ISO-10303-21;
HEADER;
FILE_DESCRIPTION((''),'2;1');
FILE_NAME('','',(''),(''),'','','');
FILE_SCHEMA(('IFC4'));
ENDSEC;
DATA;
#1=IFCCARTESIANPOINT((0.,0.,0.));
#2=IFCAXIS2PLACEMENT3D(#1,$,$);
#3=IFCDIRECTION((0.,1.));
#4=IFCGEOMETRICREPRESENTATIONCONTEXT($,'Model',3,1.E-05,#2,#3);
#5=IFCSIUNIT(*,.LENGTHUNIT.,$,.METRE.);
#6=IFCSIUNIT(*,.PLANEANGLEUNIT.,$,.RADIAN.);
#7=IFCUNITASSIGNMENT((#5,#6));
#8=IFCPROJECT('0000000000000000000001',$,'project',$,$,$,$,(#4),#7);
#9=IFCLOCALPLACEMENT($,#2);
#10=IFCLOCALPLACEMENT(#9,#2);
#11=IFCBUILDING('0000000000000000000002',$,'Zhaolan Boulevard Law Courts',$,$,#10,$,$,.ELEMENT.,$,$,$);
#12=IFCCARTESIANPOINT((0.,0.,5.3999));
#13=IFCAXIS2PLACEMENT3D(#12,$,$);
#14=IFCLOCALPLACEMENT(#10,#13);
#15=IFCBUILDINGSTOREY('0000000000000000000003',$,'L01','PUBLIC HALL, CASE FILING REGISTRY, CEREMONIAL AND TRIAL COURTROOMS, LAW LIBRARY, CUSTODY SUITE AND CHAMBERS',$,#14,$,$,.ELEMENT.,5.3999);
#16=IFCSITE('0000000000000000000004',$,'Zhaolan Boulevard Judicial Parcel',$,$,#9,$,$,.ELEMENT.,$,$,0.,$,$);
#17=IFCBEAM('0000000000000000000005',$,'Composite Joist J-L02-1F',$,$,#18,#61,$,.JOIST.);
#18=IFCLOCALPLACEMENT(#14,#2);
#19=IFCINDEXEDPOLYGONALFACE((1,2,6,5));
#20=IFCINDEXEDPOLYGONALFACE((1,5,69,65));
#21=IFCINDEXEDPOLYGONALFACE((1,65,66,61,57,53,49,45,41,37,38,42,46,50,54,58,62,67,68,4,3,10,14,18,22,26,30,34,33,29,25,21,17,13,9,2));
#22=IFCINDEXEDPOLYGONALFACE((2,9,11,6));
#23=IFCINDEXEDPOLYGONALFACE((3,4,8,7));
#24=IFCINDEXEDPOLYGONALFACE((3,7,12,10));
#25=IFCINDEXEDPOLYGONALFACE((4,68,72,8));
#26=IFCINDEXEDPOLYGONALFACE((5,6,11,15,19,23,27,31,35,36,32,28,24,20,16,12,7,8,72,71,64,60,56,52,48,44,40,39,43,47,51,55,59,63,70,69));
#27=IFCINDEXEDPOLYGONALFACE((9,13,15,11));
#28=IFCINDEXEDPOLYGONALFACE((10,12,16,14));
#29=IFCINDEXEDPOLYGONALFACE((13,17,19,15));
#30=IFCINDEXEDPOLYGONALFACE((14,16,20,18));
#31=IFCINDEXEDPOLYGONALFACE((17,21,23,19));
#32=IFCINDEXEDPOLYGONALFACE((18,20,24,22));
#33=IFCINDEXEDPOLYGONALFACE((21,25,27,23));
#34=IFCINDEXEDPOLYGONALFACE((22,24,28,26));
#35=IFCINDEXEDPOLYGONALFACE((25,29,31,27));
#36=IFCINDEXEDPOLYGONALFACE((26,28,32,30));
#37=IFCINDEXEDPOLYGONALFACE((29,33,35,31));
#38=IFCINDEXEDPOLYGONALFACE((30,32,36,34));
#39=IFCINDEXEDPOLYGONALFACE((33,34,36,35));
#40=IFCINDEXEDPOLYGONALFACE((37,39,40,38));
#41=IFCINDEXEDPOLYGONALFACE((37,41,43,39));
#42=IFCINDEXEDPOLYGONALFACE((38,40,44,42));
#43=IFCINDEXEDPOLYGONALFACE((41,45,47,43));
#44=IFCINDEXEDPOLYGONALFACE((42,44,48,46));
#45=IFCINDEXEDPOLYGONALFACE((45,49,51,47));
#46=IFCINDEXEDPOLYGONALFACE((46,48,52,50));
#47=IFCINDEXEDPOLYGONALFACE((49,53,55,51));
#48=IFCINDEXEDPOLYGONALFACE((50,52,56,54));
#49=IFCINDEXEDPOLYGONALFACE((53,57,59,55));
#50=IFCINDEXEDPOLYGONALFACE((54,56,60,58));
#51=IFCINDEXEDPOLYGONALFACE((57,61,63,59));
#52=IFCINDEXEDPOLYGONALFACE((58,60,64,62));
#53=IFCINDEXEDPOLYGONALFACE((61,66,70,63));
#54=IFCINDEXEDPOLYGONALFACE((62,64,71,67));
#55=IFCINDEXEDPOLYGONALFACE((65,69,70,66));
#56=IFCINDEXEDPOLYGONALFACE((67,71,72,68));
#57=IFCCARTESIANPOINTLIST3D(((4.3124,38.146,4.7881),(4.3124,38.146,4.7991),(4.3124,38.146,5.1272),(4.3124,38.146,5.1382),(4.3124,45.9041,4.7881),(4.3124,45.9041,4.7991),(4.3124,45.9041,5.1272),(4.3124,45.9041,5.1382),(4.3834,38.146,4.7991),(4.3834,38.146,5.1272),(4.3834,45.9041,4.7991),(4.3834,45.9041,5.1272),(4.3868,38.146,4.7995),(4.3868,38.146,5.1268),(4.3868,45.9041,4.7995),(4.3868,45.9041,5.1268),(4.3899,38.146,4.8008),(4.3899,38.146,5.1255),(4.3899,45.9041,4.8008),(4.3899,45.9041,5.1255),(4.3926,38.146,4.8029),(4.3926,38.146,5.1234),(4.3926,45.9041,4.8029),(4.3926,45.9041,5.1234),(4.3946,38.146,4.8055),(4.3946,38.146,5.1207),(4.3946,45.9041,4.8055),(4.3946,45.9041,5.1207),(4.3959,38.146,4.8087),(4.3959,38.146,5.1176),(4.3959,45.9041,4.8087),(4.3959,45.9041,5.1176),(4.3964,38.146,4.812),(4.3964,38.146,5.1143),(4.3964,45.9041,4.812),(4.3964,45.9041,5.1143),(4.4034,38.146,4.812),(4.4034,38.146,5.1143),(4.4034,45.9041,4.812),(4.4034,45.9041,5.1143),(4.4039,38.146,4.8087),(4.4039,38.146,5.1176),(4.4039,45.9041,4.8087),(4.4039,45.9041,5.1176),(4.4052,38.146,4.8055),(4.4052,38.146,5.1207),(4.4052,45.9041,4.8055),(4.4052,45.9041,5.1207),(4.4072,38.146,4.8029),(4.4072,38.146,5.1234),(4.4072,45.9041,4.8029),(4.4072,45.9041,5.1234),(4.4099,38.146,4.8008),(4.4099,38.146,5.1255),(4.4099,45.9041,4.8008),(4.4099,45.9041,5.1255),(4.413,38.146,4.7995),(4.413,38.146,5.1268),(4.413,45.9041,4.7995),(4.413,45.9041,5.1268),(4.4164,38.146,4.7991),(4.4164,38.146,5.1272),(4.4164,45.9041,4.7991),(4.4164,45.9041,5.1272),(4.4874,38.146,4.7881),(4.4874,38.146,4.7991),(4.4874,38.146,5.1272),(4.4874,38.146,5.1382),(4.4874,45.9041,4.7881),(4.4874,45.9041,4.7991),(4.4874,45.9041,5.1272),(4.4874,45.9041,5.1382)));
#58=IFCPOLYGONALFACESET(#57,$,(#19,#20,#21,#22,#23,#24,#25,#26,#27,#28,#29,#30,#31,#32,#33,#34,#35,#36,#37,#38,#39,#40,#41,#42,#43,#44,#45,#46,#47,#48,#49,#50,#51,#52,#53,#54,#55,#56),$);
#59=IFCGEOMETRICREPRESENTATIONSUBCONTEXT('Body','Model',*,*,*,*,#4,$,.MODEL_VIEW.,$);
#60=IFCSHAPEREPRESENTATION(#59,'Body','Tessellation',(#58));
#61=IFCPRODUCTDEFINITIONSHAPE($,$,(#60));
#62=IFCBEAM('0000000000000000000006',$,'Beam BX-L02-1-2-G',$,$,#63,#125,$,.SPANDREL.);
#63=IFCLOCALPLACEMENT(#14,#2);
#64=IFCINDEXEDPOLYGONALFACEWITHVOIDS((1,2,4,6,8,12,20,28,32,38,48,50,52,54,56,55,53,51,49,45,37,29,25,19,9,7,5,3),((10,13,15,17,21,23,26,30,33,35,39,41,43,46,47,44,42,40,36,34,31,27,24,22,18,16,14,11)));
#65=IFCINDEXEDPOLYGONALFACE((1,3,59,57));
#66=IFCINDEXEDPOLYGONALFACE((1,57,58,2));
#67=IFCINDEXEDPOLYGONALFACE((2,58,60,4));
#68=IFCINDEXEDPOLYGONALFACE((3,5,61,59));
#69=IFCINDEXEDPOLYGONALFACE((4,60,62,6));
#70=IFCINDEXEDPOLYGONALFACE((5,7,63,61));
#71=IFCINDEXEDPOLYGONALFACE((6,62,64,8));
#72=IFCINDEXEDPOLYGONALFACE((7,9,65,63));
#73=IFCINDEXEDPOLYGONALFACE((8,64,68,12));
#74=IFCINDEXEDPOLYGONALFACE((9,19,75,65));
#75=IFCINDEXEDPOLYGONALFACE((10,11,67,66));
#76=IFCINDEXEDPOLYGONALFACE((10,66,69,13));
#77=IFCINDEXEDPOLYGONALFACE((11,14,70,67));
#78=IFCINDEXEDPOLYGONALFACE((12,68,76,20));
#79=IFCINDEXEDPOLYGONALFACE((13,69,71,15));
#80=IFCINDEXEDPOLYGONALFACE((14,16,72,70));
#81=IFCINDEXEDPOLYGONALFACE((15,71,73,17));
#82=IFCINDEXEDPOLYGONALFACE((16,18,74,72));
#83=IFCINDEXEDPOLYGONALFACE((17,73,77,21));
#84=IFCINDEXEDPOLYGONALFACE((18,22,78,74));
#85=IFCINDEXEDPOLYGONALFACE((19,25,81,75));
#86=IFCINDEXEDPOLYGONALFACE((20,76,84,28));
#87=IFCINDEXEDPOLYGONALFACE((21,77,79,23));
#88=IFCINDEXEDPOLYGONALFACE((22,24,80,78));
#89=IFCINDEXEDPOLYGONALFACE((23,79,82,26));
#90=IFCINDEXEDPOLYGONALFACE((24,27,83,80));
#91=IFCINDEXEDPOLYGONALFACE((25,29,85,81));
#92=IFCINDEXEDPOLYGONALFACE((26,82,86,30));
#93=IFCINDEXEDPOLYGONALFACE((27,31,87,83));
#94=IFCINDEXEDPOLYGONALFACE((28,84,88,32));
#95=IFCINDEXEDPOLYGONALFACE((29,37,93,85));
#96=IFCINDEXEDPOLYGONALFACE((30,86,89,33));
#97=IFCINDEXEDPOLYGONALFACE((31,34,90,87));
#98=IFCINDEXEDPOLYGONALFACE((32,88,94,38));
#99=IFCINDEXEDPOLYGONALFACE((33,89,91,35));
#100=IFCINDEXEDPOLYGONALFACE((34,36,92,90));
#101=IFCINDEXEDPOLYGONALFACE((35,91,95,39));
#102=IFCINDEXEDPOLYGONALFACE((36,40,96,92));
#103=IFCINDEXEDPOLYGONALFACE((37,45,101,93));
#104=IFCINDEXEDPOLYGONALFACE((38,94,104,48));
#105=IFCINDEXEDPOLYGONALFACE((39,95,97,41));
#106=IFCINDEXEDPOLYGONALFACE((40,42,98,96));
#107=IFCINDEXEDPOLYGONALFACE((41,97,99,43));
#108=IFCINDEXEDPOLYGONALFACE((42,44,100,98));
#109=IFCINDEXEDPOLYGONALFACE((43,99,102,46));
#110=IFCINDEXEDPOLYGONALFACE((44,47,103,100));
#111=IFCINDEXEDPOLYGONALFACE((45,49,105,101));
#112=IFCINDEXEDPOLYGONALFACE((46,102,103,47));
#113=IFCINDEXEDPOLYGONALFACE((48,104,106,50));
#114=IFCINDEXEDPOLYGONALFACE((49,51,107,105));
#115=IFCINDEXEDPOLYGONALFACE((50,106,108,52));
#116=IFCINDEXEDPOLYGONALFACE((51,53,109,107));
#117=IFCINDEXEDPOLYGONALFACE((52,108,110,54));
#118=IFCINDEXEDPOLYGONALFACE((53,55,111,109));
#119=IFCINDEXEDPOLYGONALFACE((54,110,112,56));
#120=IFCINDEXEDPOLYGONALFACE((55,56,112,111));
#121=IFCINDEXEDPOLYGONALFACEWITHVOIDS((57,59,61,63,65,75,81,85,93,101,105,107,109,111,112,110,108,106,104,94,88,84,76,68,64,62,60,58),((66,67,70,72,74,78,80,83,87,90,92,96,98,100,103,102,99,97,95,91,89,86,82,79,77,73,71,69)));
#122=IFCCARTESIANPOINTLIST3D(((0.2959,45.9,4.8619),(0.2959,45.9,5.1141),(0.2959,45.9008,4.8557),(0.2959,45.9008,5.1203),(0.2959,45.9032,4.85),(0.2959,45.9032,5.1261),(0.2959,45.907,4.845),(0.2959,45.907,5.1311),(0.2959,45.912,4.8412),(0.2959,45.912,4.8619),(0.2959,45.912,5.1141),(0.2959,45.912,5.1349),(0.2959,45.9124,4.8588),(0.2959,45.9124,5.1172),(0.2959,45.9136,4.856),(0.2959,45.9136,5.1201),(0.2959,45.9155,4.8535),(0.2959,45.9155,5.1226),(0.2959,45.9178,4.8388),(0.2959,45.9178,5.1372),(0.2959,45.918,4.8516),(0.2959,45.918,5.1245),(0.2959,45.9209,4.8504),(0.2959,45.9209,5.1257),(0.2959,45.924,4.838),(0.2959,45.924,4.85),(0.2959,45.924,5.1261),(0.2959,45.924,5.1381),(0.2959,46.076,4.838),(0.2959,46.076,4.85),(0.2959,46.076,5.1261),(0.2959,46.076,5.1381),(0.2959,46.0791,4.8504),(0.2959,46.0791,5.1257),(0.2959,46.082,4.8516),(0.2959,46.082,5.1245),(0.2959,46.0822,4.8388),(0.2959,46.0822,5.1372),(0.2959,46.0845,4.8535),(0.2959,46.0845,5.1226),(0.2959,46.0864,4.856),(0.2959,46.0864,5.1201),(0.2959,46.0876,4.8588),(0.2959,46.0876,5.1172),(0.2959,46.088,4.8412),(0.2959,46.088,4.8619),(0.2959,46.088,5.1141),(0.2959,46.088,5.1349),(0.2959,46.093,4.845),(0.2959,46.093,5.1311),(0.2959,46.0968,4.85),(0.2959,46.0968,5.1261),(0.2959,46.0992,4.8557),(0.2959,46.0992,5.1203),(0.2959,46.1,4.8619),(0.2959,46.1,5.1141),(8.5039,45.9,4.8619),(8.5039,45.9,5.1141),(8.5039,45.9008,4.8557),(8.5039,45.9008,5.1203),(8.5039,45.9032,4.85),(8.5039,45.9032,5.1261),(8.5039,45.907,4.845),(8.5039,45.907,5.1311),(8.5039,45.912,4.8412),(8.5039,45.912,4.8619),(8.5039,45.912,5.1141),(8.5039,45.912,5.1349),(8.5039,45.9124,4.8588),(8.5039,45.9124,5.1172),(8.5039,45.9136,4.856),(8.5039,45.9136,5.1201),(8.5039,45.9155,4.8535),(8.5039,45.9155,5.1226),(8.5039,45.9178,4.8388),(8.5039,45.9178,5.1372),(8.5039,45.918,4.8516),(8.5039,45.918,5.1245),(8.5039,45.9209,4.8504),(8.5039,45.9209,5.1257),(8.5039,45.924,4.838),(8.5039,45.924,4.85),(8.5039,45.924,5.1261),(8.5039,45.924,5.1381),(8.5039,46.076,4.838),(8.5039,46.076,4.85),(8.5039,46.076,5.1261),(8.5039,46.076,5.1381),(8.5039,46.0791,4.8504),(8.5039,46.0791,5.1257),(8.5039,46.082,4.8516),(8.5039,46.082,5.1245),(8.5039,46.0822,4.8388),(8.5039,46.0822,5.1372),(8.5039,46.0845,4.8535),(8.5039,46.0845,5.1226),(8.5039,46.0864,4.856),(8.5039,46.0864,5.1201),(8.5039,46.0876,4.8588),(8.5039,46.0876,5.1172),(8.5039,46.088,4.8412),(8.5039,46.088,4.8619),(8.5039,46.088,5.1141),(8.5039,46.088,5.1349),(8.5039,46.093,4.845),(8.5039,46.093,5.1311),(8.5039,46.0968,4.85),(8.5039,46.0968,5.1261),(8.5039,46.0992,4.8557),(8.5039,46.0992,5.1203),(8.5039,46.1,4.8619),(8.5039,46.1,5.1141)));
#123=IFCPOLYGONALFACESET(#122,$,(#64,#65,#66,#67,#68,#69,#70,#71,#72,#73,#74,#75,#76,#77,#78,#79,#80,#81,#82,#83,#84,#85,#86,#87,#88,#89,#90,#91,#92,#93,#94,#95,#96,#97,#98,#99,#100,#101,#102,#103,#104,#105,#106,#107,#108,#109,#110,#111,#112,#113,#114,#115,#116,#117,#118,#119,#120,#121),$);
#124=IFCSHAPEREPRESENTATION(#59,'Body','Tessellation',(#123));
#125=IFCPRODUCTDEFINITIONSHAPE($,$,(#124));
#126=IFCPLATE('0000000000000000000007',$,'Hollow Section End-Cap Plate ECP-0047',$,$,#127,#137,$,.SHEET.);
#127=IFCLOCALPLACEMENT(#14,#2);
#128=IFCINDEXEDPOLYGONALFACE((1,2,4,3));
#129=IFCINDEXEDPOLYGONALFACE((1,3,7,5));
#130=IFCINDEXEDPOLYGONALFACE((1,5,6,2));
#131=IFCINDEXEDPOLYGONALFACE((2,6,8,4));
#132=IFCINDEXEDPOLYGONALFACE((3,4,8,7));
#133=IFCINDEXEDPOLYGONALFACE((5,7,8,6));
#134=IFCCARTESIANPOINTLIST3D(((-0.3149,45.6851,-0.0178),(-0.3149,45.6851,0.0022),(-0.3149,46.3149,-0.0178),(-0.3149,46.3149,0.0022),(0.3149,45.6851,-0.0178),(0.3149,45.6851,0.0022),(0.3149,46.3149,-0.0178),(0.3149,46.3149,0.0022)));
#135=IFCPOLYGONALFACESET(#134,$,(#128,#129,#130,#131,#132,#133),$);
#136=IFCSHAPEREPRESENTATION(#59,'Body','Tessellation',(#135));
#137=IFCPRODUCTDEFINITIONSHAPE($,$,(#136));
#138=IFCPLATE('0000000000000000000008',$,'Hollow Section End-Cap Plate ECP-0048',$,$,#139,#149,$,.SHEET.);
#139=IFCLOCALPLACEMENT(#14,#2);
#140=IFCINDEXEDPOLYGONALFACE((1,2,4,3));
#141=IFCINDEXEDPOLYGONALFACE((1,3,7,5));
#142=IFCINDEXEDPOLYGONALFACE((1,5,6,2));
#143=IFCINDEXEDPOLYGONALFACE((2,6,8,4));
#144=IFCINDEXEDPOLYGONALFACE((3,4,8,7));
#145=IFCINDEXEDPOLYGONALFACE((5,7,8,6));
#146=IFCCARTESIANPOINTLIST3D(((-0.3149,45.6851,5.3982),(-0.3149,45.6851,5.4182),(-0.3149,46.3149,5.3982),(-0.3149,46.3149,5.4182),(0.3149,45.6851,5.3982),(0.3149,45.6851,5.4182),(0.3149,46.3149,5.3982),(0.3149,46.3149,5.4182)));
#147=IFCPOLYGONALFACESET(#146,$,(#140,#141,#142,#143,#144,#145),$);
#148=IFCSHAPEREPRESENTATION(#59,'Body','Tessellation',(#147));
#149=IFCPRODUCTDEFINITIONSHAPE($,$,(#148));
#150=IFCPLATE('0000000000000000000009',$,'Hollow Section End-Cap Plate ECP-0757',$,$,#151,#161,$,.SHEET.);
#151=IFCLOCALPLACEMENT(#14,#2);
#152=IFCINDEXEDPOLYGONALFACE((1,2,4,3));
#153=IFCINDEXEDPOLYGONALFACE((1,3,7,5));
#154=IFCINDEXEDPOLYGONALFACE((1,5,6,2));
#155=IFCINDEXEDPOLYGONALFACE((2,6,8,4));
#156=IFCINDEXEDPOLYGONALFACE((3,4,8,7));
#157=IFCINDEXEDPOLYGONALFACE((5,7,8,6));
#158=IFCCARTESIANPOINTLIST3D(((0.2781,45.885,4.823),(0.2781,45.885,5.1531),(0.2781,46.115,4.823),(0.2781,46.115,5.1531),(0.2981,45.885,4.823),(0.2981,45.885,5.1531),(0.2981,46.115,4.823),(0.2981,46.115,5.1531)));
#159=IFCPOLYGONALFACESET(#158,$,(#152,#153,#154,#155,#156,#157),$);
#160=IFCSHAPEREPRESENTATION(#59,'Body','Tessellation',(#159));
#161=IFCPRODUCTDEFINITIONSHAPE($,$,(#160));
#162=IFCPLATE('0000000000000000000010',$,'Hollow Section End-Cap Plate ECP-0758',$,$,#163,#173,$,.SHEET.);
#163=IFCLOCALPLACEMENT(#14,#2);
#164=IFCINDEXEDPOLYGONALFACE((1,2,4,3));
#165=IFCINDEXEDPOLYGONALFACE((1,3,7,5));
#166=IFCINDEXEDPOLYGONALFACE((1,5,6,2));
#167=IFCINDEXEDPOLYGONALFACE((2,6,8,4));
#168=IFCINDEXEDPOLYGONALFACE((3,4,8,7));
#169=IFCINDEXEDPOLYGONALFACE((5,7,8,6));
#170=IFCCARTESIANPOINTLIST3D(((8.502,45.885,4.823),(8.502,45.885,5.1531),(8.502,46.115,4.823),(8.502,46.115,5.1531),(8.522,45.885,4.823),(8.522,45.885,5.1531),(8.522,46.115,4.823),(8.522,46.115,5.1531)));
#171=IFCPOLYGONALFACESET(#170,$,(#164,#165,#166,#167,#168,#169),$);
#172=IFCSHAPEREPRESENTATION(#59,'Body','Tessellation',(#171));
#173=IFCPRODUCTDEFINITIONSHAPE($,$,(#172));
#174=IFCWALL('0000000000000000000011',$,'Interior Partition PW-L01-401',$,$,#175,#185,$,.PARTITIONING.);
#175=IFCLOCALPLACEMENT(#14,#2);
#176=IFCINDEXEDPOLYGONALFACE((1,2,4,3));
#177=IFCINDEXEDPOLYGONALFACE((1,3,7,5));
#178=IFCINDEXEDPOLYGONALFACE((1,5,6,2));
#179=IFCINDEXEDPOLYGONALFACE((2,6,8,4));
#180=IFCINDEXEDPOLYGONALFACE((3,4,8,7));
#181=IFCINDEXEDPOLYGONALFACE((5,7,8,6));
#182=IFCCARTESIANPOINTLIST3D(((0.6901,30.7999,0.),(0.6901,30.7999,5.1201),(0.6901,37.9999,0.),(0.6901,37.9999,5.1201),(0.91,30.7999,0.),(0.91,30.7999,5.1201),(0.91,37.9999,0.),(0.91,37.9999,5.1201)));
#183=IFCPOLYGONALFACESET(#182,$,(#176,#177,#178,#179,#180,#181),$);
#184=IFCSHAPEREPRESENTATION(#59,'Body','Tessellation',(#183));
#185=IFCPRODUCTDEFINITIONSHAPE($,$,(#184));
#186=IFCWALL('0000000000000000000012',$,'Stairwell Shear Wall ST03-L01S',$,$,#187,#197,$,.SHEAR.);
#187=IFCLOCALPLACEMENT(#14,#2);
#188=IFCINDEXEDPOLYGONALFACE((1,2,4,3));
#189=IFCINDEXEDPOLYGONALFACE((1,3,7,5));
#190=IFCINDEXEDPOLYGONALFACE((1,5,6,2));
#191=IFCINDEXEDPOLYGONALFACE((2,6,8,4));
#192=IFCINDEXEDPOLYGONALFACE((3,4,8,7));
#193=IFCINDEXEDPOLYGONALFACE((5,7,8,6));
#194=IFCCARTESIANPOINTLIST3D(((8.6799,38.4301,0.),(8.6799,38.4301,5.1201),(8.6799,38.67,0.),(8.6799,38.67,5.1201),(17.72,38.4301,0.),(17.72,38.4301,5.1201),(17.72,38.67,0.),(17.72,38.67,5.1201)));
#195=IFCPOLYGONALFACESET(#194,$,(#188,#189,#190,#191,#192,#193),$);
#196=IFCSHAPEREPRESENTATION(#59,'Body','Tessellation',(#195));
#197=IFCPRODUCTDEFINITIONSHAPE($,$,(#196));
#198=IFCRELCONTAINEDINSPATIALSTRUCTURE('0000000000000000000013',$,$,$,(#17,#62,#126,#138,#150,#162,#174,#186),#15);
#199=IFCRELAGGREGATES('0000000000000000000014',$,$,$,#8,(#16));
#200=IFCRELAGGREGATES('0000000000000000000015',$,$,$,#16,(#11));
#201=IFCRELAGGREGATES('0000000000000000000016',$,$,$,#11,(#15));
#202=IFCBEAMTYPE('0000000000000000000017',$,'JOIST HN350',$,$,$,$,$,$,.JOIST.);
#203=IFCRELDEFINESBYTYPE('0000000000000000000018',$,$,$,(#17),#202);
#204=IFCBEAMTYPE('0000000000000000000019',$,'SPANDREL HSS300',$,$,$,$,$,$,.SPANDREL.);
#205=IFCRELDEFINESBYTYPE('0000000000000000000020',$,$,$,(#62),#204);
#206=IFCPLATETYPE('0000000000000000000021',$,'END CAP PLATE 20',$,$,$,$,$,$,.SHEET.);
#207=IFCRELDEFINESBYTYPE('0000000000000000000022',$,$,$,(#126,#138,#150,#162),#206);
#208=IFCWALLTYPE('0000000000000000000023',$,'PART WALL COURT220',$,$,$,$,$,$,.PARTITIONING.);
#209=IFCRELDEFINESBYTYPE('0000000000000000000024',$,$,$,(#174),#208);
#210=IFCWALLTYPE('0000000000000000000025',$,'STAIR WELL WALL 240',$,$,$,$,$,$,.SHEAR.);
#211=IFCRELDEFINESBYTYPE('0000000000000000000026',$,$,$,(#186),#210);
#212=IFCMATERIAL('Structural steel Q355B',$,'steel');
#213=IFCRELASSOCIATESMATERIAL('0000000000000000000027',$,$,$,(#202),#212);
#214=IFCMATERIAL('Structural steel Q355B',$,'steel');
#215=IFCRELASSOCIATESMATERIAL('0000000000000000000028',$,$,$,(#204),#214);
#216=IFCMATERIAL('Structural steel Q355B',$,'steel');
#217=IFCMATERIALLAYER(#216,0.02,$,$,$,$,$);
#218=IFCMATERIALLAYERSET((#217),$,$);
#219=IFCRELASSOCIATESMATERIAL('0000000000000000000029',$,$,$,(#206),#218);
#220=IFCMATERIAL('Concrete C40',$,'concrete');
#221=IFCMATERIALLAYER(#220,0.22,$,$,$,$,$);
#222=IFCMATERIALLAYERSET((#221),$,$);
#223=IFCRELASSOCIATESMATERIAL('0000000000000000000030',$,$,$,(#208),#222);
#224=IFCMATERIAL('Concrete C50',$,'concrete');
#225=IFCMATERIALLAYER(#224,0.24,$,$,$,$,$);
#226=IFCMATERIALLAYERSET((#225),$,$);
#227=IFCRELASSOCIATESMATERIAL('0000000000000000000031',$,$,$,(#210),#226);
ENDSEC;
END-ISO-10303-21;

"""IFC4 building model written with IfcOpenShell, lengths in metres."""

from ifc_helpers import new_model, si_unit, direction, frame, frame_2d, origin, origin_2d, place, context, subcontext, project, spatial, rectangle, hollow_rectangle, i_section, extrude, material, layer, layer_set, material_profile, profile_set, type_object, element, save


model = new_model("IFC4")

# Units and contexts
model_context = context("Model", 3, precision=1e-05, world=origin(), true_north=direction((0.0, 1.0)))
body_context = subcontext(model_context, "Body", "Model", "MODEL_VIEW")
ifc_project = project(units=[si_unit("LENGTHUNIT", "METRE"), si_unit("PLANEANGLEUNIT", "RADIAN")], contexts=[model_context])

# Site, building, storey
site_placement = place(None, origin())
site = spatial("IfcSite", under=ifc_project, at=site_placement, Name="Zhaolan Boulevard Judicial Parcel", CompositionType="ELEMENT", RefElevation=0.0)
building_placement = place(site_placement, origin())
building = spatial("IfcBuilding", under=site, at=building_placement, Name="Zhaolan Boulevard Law Courts", CompositionType="ELEMENT")
storey_placement = place(building_placement, frame((0.0, 0.0, 5.3999)))
storey = spatial("IfcBuildingStorey", under=building, at=storey_placement, Name="L01", Description="PUBLIC HALL, CASE FILING REGISTRY, CEREMONIAL AND TRIAL COURTROOMS, LAW LIBRARY, CUSTODY SUITE AND CHAMBERS", CompositionType="ELEMENT", Elevation=5.3999)

# Beams
ifc_material_1 = material(Name="Structural steel Q355B", Category="steel")
ifc_material_profile_1 = material_profile(ifc_material_1, i_section(OverallWidth=0.175, OverallDepth=0.3501, WebThickness=0.0071, FlangeThickness=0.011, FilletRadius=0.0129, at=origin_2d()), Name="HN350x175")
ifc_profile_set_1 = profile_set([ifc_material_profile_1], Name="Structural steel Q355B")
beam_type_1 = type_object("IfcBeamType", Name="JOIST HN350", PredefinedType="JOIST", material=ifc_profile_set_1)
beam_1_placement = place(storey_placement, frame((4.3999, 38.146, 4.9631), z_axis=(0.0, 1.0, 0.0), x_axis=(-1.0, 0.0, 0.0)))
element("IfcBeam", 1, at=beam_1_placement, inside=storey, type_object=beam_type_1, Name="Composite Joist J-L02-1F", PredefinedType="JOIST", context=body_context, shape_type="SweptSolid", body=[
    extrude(i_section(OverallWidth=0.175, OverallDepth=0.3501, WebThickness=0.0071, FlangeThickness=0.011, FilletRadius=0.0129, at=origin_2d()), origin(), (0.0, 0.0, 1.0), 7.7581),
])
ifc_material_2 = material(Name="Structural steel Q355B", Category="steel")
ifc_material_profile_2 = material_profile(ifc_material_2, hollow_rectangle(XDim=0.2, YDim=0.3, WallThickness=0.012, InnerFilletRadius=0.012, OuterFilletRadius=0.0239, at=origin_2d()), Name="HSS300x200x12")
ifc_profile_set_2 = profile_set([ifc_material_profile_2], Name="Structural steel Q355B")
beam_type_2 = type_object("IfcBeamType", Name="SPANDREL HSS300", PredefinedType="SPANDREL", material=ifc_profile_set_2)
beam_2_placement = place(storey_placement, frame((0.2959, 46.0, 4.988), z_axis=(1.0, 0.0, 0.0), x_axis=(0.0, 1.0, 0.0)))
element("IfcBeam", 2, at=beam_2_placement, inside=storey, type_object=beam_type_2, Name="Beam BX-L02-1-2-G", PredefinedType="SPANDREL", context=body_context, shape_type="SweptSolid", body=[
    extrude(hollow_rectangle(XDim=0.2, YDim=0.3, WallThickness=0.012, InnerFilletRadius=0.012, OuterFilletRadius=0.0239, at=origin_2d()), origin(), (0.0, 0.0, 1.0), 8.208),
])

# Plates
ifc_material_3 = material(Name="Structural steel Q355B", Category="steel")
ifc_layer_1 = layer(ifc_material_3, 0.02)
ifc_layer_set_1 = layer_set([ifc_layer_1])
plate_type = type_object("IfcPlateType", Name="END CAP PLATE 20", PredefinedType="SHEET", material=ifc_layer_set_1)
for number, where, z_axis, x_axis, name in (
    (3, (0.0, 46.0, -0.0178), (0.0, 0.0, 1.0), (1.0, 0.0, 0.0), "Hollow Section End-Cap Plate ECP-0047"),
    (4, (0.0, 46.0, 5.3982), (0.0, 0.0, 1.0), (1.0, 0.0, 0.0), "Hollow Section End-Cap Plate ECP-0048"),
):
    element("IfcPlate", number, at=place(storey_placement, frame(where, z_axis=z_axis, x_axis=x_axis)), inside=storey, type_object=plate_type, Name=name, PredefinedType="SHEET", context=body_context, shape_type="SweptSolid", body=[
        extrude(rectangle(XDim=0.6299, YDim=0.6299, at=origin_2d()), origin(), (0.0, 0.0, 1.0), 0.02),
    ])
for number, where, z_axis, x_axis, name in (
    (5, (0.2881, 46.0, 4.823), (0.0, 0.0, 1.0), (1.0, 0.0, 0.0), "Hollow Section End-Cap Plate ECP-0757"),
    (6, (8.512, 46.0, 4.823), (0.0, 0.0, 1.0), (1.0, 0.0, 0.0), "Hollow Section End-Cap Plate ECP-0758"),
):
    element("IfcPlate", number, at=place(storey_placement, frame(where, z_axis=z_axis, x_axis=x_axis)), inside=storey, type_object=plate_type, Name=name, PredefinedType="SHEET", context=body_context, shape_type="SweptSolid", body=[
        extrude(rectangle(XDim=0.02, YDim=0.23, at=origin_2d()), origin(), (0.0, 0.0, 1.0), 0.3301),
    ])

# Walls
ifc_material_4 = material(Name="Concrete C40", Category="concrete")
ifc_layer_2 = layer(ifc_material_4, 0.22)
ifc_layer_set_2 = layer_set([ifc_layer_2])
wall_type_1 = type_object("IfcWallType", Name="PART WALL COURT220", PredefinedType="PARTITIONING", material=ifc_layer_set_2)
wall_1_placement = place(storey_placement, frame((0.8, 38.0, 0.0), z_axis=(0.0, 0.0, 1.0), x_axis=(0.0, -1.0, 0.0)))
element("IfcWall", 7, at=wall_1_placement, inside=storey, type_object=wall_type_1, Name="Interior Partition PW-L01-401", PredefinedType="PARTITIONING", context=body_context, shape_type="SweptSolid", body=[
    extrude(rectangle(XDim=7.2, YDim=0.22, at=frame_2d((3.6001, 0.0))), origin(), (0.0, 0.0, 1.0), 5.1201),
])
ifc_material_5 = material(Name="Concrete C50", Category="concrete")
ifc_layer_3 = layer(ifc_material_5, 0.24)
ifc_layer_set_3 = layer_set([ifc_layer_3])
wall_type_2 = type_object("IfcWallType", Name="STAIR WELL WALL 240", PredefinedType="SHEAR", material=ifc_layer_set_3)
wall_2_placement = place(storey_placement, frame((8.6799, 38.55, 0.0), z_axis=(0.0, 0.0, 1.0), x_axis=(1.0, 0.0, 0.0)))
element("IfcWall", 8, at=wall_2_placement, inside=storey, type_object=wall_type_2, Name="Stairwell Shear Wall ST03-L01S", PredefinedType="SHEAR", context=body_context, shape_type="SweptSolid", body=[
    extrude(rectangle(XDim=9.04, YDim=0.24, at=frame_2d((4.52, 0.0))), origin(), (0.0, 0.0, 1.0), 5.1201),
])

save(model, "model.ifc")
